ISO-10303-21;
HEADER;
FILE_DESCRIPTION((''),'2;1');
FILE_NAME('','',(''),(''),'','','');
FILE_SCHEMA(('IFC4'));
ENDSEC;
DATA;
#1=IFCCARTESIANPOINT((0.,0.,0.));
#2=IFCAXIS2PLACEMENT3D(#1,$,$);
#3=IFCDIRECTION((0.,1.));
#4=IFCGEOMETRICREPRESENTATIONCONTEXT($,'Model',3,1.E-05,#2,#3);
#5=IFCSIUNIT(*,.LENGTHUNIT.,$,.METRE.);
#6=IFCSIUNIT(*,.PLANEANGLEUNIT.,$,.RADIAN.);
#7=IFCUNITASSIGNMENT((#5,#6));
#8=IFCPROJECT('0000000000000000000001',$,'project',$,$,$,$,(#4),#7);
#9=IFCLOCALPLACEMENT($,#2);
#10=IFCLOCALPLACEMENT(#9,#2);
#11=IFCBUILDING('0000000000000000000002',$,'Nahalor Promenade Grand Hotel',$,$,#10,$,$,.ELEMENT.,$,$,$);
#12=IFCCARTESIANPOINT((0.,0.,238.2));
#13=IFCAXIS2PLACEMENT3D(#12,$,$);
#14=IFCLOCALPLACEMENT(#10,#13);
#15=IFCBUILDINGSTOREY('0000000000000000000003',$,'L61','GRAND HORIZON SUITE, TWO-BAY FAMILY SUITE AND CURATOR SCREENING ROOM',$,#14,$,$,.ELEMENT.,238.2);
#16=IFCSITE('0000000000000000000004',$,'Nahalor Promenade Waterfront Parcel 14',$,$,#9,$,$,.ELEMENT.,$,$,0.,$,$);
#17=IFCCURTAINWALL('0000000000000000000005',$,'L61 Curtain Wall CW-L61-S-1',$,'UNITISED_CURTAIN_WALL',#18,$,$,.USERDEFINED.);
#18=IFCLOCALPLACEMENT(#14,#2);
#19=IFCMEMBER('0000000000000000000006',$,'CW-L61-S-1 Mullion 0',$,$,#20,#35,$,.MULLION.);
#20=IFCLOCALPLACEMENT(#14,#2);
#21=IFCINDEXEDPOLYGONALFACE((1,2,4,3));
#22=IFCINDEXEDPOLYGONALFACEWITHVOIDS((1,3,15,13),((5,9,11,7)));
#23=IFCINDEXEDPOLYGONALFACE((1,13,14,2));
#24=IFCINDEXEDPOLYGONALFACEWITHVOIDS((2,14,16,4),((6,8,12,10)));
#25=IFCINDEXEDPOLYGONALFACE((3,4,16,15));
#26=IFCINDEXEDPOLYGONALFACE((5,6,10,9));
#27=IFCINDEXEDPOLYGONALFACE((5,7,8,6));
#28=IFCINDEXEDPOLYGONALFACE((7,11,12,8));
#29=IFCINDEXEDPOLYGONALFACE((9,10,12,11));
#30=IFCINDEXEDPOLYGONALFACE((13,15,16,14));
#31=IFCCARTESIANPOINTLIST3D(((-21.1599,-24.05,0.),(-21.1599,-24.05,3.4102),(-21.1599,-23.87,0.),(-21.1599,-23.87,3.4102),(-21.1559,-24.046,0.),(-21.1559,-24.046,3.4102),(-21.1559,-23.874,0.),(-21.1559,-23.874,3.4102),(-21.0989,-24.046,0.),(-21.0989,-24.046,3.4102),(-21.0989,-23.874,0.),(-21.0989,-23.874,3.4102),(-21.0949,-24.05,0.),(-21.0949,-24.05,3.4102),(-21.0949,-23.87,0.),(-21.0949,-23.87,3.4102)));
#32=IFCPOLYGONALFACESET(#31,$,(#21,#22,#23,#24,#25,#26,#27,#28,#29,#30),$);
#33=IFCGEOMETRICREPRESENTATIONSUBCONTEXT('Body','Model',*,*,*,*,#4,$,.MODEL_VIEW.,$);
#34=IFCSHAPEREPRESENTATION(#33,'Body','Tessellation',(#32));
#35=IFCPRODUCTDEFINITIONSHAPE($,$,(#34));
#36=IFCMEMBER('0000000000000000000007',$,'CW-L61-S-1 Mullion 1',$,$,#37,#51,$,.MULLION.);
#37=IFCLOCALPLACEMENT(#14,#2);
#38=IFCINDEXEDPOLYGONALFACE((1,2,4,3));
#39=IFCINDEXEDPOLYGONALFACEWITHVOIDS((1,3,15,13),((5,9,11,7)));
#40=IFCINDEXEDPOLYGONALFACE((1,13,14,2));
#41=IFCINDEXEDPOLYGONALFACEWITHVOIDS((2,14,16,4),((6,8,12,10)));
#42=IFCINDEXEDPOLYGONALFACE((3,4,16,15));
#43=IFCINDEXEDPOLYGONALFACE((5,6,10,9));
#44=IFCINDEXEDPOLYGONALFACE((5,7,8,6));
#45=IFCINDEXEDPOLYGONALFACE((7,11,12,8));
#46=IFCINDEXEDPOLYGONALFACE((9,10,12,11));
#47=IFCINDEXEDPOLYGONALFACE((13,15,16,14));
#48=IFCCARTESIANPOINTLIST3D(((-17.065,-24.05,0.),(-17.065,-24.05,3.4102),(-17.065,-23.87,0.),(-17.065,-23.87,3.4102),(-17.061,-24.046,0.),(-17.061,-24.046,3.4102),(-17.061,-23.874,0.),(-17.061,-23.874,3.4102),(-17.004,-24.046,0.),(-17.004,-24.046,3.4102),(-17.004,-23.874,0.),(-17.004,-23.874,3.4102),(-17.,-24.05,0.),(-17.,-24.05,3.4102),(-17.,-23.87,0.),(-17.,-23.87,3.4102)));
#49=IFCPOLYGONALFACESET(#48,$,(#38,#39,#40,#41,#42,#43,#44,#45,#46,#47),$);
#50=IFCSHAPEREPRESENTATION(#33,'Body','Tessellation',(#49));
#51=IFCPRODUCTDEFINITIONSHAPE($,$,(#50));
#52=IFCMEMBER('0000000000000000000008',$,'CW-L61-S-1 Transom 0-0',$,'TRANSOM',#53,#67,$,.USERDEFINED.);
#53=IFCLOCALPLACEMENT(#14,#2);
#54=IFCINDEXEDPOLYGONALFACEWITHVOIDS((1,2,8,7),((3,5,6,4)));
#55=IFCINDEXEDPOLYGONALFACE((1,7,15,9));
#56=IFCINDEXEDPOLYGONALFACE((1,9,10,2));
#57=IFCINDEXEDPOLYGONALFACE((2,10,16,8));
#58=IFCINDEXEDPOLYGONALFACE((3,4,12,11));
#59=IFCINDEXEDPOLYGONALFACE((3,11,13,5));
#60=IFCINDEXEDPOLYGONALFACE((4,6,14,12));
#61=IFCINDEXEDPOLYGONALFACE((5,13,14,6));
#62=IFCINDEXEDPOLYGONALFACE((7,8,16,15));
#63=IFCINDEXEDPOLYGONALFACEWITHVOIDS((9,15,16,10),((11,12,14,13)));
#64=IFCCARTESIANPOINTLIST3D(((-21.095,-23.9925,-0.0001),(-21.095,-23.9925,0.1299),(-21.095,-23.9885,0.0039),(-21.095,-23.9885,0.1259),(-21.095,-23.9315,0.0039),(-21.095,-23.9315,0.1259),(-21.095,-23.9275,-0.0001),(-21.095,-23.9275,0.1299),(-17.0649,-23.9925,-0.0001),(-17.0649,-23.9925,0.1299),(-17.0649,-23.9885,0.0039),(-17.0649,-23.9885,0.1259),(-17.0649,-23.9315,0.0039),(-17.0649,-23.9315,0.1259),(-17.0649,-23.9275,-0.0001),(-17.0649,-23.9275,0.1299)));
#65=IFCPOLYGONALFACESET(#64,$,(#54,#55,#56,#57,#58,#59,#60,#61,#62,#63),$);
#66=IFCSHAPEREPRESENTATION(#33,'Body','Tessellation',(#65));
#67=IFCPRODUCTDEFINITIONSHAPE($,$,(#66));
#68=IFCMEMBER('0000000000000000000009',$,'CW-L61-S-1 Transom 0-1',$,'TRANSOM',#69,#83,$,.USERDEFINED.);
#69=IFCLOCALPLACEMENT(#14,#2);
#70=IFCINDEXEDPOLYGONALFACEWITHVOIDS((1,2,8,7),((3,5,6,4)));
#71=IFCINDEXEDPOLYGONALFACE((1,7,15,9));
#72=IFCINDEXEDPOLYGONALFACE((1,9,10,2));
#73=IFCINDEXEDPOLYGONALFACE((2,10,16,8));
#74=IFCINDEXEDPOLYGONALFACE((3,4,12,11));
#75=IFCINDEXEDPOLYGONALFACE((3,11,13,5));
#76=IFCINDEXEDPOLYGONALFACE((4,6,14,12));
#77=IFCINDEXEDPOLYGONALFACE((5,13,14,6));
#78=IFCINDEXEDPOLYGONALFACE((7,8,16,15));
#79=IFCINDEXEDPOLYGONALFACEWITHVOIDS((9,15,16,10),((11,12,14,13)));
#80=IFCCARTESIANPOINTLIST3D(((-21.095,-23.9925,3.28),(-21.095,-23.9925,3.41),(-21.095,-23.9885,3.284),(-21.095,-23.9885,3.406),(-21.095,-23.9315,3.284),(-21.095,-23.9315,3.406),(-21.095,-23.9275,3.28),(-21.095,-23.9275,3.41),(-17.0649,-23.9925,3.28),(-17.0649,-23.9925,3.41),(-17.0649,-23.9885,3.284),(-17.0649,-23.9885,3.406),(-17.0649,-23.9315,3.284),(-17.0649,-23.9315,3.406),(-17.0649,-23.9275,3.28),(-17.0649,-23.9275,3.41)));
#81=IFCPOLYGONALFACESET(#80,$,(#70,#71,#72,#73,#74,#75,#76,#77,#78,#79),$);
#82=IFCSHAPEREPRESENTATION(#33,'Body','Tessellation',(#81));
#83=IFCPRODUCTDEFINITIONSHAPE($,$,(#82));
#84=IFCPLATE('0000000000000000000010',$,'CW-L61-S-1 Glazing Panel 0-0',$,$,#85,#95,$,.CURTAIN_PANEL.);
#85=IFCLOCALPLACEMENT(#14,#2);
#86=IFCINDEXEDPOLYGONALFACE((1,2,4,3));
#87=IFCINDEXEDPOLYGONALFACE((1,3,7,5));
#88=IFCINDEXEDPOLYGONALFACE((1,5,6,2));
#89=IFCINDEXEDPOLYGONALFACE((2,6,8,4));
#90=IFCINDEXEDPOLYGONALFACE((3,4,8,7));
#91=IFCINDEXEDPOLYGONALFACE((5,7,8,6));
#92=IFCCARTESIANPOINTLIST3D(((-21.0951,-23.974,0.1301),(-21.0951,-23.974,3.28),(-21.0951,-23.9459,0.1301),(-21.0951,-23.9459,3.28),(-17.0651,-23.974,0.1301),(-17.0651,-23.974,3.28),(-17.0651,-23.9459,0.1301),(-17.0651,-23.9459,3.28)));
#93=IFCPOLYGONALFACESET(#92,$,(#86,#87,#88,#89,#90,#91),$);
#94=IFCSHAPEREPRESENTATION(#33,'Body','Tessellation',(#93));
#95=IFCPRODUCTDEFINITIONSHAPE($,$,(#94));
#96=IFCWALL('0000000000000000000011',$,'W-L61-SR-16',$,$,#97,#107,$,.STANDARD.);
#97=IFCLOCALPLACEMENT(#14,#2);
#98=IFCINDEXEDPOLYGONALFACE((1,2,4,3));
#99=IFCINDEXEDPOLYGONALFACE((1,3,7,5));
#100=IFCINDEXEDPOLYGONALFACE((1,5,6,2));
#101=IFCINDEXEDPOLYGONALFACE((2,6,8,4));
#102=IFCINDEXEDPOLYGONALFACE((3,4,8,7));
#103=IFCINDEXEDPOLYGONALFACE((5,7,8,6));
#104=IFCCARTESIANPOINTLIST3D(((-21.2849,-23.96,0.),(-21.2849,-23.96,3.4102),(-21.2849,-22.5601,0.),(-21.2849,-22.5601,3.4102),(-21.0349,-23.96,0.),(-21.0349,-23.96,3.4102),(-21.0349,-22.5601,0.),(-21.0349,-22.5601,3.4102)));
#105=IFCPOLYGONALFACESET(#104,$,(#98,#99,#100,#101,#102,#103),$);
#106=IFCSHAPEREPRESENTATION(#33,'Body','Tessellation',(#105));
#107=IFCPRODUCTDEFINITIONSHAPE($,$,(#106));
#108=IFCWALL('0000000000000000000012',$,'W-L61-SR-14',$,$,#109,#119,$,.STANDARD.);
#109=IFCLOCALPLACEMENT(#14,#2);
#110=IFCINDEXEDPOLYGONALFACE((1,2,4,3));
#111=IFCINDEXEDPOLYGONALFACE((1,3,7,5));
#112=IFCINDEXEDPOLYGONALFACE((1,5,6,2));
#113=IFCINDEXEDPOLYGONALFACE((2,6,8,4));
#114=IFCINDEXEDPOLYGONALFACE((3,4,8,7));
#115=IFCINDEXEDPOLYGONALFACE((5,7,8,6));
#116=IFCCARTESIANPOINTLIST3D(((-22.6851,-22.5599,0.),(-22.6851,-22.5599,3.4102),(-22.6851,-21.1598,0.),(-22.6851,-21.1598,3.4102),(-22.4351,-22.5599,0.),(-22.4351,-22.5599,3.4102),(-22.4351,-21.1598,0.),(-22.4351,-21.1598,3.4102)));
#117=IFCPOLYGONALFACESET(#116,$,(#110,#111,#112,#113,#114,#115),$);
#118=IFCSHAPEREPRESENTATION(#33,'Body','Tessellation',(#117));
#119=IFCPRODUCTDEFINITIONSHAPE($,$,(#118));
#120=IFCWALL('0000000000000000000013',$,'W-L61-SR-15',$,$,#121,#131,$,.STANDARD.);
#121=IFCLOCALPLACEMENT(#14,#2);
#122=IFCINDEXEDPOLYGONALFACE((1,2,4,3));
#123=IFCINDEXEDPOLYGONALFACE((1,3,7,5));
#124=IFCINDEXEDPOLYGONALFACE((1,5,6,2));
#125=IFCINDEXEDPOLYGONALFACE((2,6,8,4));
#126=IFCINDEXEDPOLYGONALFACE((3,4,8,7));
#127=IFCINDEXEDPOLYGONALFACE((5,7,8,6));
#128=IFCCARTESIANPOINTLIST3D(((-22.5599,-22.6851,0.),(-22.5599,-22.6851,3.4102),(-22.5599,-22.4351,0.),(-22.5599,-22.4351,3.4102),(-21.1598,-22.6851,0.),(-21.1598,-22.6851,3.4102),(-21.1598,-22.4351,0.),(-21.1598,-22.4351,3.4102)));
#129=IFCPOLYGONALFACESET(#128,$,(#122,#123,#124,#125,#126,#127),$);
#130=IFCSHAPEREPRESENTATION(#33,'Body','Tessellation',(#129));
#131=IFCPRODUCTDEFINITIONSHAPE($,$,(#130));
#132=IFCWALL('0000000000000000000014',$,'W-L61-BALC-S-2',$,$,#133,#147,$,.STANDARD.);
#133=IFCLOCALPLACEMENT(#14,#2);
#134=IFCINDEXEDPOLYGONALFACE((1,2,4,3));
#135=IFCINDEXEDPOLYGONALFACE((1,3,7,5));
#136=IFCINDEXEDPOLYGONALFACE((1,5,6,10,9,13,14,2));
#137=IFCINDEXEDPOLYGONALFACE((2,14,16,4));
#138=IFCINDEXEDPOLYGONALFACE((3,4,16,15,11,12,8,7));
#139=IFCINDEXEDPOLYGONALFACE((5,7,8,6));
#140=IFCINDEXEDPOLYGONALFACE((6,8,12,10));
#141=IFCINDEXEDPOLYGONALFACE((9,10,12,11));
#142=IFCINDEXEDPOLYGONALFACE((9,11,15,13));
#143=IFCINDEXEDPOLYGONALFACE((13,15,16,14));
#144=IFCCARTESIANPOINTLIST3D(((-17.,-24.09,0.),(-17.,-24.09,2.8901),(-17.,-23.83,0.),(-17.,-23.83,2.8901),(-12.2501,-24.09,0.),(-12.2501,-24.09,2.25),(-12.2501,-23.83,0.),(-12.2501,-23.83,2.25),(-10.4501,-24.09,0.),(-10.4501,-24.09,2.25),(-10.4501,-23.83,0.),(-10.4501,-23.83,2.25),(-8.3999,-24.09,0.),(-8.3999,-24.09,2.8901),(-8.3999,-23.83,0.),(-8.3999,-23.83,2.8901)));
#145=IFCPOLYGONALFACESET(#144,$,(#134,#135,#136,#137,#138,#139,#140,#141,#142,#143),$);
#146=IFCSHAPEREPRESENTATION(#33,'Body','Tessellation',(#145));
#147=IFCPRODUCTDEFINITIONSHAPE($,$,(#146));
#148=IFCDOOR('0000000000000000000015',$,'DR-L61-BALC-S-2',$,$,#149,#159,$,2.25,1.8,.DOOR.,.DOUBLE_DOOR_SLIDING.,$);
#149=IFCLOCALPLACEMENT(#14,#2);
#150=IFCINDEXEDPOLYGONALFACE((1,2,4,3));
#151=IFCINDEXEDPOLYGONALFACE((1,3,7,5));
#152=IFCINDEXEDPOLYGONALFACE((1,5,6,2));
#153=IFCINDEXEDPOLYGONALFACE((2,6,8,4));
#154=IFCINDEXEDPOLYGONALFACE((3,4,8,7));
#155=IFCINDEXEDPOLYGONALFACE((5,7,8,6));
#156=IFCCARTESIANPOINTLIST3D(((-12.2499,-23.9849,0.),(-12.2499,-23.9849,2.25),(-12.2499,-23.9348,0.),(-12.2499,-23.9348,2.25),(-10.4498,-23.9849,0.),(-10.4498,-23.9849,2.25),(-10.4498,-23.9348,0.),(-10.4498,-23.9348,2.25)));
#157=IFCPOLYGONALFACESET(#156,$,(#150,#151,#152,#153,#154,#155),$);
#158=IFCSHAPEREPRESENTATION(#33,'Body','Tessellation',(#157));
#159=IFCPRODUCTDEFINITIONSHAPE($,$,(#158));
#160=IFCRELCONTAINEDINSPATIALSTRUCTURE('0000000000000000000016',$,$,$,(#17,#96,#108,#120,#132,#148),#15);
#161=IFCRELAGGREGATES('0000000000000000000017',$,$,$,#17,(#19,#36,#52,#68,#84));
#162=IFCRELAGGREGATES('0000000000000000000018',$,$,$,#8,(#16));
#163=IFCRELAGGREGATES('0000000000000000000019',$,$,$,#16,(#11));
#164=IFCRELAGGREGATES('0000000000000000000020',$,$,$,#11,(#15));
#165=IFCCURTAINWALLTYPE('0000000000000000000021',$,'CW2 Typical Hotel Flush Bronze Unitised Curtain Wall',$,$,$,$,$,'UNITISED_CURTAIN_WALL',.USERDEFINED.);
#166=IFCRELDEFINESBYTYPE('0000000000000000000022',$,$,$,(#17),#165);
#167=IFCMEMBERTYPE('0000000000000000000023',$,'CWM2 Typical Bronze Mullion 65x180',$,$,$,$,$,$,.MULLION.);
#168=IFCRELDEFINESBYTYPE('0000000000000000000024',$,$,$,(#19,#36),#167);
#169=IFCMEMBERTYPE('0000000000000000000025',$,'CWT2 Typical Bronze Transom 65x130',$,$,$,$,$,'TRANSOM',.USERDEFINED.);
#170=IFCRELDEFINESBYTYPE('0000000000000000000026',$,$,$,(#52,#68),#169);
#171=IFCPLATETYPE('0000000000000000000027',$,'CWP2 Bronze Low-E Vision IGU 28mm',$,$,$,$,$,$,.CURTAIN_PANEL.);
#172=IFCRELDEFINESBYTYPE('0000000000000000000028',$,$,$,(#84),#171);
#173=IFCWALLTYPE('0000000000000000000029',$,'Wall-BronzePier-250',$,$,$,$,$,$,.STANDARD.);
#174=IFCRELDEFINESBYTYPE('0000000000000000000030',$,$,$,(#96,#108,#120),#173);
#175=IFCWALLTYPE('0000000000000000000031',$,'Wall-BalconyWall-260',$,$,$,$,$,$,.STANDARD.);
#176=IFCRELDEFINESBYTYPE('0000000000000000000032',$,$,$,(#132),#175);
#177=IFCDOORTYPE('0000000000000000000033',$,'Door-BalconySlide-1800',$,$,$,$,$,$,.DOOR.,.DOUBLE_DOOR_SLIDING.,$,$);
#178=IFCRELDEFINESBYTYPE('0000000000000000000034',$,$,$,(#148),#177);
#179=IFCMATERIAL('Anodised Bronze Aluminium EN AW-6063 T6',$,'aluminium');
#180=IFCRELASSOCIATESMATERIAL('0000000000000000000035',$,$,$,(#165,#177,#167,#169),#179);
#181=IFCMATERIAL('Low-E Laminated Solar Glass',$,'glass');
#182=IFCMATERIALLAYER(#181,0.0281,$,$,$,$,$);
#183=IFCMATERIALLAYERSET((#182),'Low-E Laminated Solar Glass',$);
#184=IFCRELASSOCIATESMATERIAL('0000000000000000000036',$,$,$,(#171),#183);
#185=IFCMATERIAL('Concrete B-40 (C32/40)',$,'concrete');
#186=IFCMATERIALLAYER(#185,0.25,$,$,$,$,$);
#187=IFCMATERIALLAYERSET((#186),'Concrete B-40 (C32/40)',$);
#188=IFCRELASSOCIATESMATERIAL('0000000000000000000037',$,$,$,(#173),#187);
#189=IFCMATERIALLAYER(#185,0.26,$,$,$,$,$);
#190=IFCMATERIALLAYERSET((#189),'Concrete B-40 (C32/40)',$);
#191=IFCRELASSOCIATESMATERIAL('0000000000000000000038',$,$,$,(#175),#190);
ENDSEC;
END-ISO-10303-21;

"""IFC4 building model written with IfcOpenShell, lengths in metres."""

from ifc_helpers import new_model, si_unit, direction, frame, frame_2d, origin, origin_2d, place, context, subcontext, project, spatial, rectangle, hollow_rectangle, extrude, source, transform, mapped, material, layer, layer_set, material_profile, profile_set, type_object, element, fill, aggregate, save


model = new_model("IFC4")

# Units and contexts
model_context = context("Model", 3, precision=1e-05, world=origin(), true_north=direction((0.0, 1.0)))
body_context = subcontext(model_context, "Body", "Model", "MODEL_VIEW")
ifc_project = project(units=[si_unit("LENGTHUNIT", "METRE"), si_unit("PLANEANGLEUNIT", "RADIAN")], contexts=[model_context])

# Site, building, storey
site_placement = place(None, origin())
site = spatial("IfcSite", under=ifc_project, at=site_placement, Name="Nahalor Promenade Waterfront Parcel 14", CompositionType="ELEMENT", RefElevation=0.0)
building_placement = place(site_placement, origin())
building = spatial("IfcBuilding", under=site, at=building_placement, Name="Nahalor Promenade Grand Hotel", CompositionType="ELEMENT")
storey_placement = place(building_placement, frame((0.0, 0.0, 238.2)))
storey = spatial("IfcBuildingStorey", under=building, at=storey_placement, Name="L61", Description="GRAND HORIZON SUITE, TWO-BAY FAMILY SUITE AND CURATOR SCREENING ROOM", CompositionType="ELEMENT", Elevation=238.2)

# Curtain wall, members, plate
ifc_material_1 = material(Name="Anodised Bronze Aluminium EN AW-6063 T6", Category="aluminium")
curtain_wall_type = type_object("IfcCurtainWallType", Name="CW2 Typical Hotel Flush Bronze Unitised Curtain Wall", ElementType="UNITISED_CURTAIN_WALL", PredefinedType="USERDEFINED", material=ifc_material_1)
curtain_wall_placement = place(storey_placement, origin())
curtain_wall = element("IfcCurtainWall", 1, at=curtain_wall_placement, inside=storey, type_object=curtain_wall_type, Name="L61 Curtain Wall CW-L61-S-1", ObjectType="UNITISED_CURTAIN_WALL", PredefinedType="USERDEFINED")
ifc_material_profile_1 = material_profile(ifc_material_1, hollow_rectangle(XDim=0.065, YDim=0.18, WallThickness=0.004, at=origin_2d()), Name="CWM 65x180x4")
ifc_profile_set_1 = profile_set([ifc_material_profile_1], Name="Anodised Bronze Aluminium EN AW-6063 T6")
member_type_1 = type_object("IfcMemberType", Name="CWM2 Typical Bronze Mullion 65x180", PredefinedType="MULLION", material=ifc_profile_set_1)
shared_shape_1 = source(origin(), body_context, "Body", "SweptSolid", [
    extrude(hollow_rectangle(XDim=0.065, YDim=0.18, WallThickness=0.004, at=origin_2d()), origin(), (0.0, 0.0, 1.0), 3.4102),
])
member_1_placement = place(storey_placement, frame((-21.1274, -23.96, 0.0), z_axis=(0.0, 0.0, 1.0), x_axis=(1.0, 0.0, 0.0)))
member_1 = element("IfcMember", 2, at=member_1_placement, type_object=member_type_1, Name="CW-L61-S-1 Mullion 0", PredefinedType="MULLION", context=body_context, shape_type="MappedRepresentation", body=[
    mapped(shared_shape_1, transform((0.0, 0.0, 0.0), scale=1.0)),
])
member_2_placement = place(storey_placement, frame((-17.0325, -23.96, 0.0), z_axis=(0.0, 0.0, 1.0), x_axis=(1.0, 0.0, 0.0)))
member_2 = element("IfcMember", 3, at=member_2_placement, type_object=member_type_1, Name="CW-L61-S-1 Mullion 1", PredefinedType="MULLION", context=body_context, shape_type="MappedRepresentation", body=[
    mapped(shared_shape_1, transform((0.0, 0.0, 0.0), scale=1.0)),
])
ifc_material_profile_2 = material_profile(ifc_material_1, hollow_rectangle(XDim=0.065, YDim=0.13, WallThickness=0.004, at=origin_2d()), Name="CWT 65x130x4")
ifc_profile_set_2 = profile_set([ifc_material_profile_2], Name="Anodised Bronze Aluminium EN AW-6063 T6")
member_type_2 = type_object("IfcMemberType", Name="CWT2 Typical Bronze Transom 65x130", ElementType="TRANSOM", PredefinedType="USERDEFINED", material=ifc_profile_set_2)
shared_shape_2 = source(origin(), body_context, "Body", "SweptSolid", [
    extrude(hollow_rectangle(XDim=0.065, YDim=0.13, WallThickness=0.004, at=origin_2d()), origin(), (0.0, 0.0, 1.0), 4.03),
])
member_3_placement = place(storey_placement, frame((-21.095, -23.96, 0.0649), z_axis=(1.0, 0.0, 0.0), x_axis=(0.0, 1.0, 0.0)))
member_3 = element("IfcMember", 4, at=member_3_placement, type_object=member_type_2, Name="CW-L61-S-1 Transom 0-0", ObjectType="TRANSOM", PredefinedType="USERDEFINED", context=body_context, shape_type="MappedRepresentation", body=[
    mapped(shared_shape_2, transform((0.0, 0.0, 0.0), scale=1.0)),
])
member_4_placement = place(storey_placement, frame((-21.095, -23.96, 3.345), z_axis=(1.0, 0.0, 0.0), x_axis=(0.0, 1.0, 0.0)))
member_4 = element("IfcMember", 5, at=member_4_placement, type_object=member_type_2, Name="CW-L61-S-1 Transom 0-1", ObjectType="TRANSOM", PredefinedType="USERDEFINED", context=body_context, shape_type="MappedRepresentation", body=[
    mapped(shared_shape_2, transform((0.0, 0.0, 0.0), scale=1.0)),
])
ifc_material_2 = material(Name="Low-E Laminated Solar Glass", Category="glass")
ifc_layer_1 = layer(ifc_material_2, 0.0281)
ifc_layer_set_1 = layer_set([ifc_layer_1], Name="Low-E Laminated Solar Glass")
plate_type = type_object("IfcPlateType", Name="CWP2 Bronze Low-E Vision IGU 28mm", PredefinedType="CURTAIN_PANEL", material=ifc_layer_set_1)
shared_shape_3 = source(origin(), body_context, "Body", "SweptSolid", [
    extrude(rectangle(XDim=4.03, YDim=0.0281, at=origin_2d()), origin(), (0.0, 0.0, 1.0), 3.1499),
])
plate_placement = place(storey_placement, frame((-19.0801, -23.96, 0.1301), z_axis=(0.0, 0.0, 1.0), x_axis=(1.0, 0.0, 0.0)))
plate = element("IfcPlate", 6, at=plate_placement, type_object=plate_type, Name="CW-L61-S-1 Glazing Panel 0-0", PredefinedType="CURTAIN_PANEL", context=body_context, shape_type="MappedRepresentation", body=[
    mapped(shared_shape_3, transform((0.0, 0.0, 0.0), scale=1.0)),
])
aggregate(curtain_wall, [member_1, member_2, member_3, member_4, plate])

# Walls
ifc_material_3 = material(Name="Concrete B-40 (C32/40)", Category="concrete")
ifc_layer_2 = layer(ifc_material_3, 0.25)
ifc_layer_set_2 = layer_set([ifc_layer_2], Name="Concrete B-40 (C32/40)")
wall_type_1 = type_object("IfcWallType", Name="Wall-BronzePier-250", PredefinedType="STANDARD", material=ifc_layer_set_2)
shared_shape_4 = source(origin(), body_context, "Body", "SweptSolid", [
    extrude(rectangle(XDim=1.3999, YDim=0.25, at=frame_2d((0.7, 0.0))), origin(), (0.0, 0.0, 1.0), 3.4102),
])
wall_1_placement = place(storey_placement, frame((-21.1599, -23.96, 0.0), z_axis=(0.0, 0.0, 1.0), x_axis=(0.0, 1.0, 0.0)))
element("IfcWall", 7, at=wall_1_placement, inside=storey, type_object=wall_type_1, Name="W-L61-SR-16", PredefinedType="STANDARD", context=body_context, shape_type="MappedRepresentation", body=[
    mapped(shared_shape_4, transform((0.0, 0.0, 0.0), scale=1.0)),
])
shared_shape_5 = source(origin(), body_context, "Body", "SweptSolid", [
    extrude(rectangle(XDim=1.4001, YDim=0.25, at=frame_2d((0.7002, 0.0))), origin(), (0.0, 0.0, 1.0), 3.4102),
])
for number, where, z_axis, x_axis, name in (
    (8, (-22.5601, -22.5601, 0.0), (0.0, 0.0, 1.0), (0.0, 1.0, 0.0), "W-L61-SR-14"),
    (9, (-22.5601, -22.5601, 0.0), (0.0, 0.0, 1.0), (1.0, 0.0, 0.0), "W-L61-SR-15"),
):
    element("IfcWall", number, at=place(storey_placement, frame(where, z_axis=z_axis, x_axis=x_axis)), inside=storey, type_object=wall_type_1, Name=name, PredefinedType="STANDARD", context=body_context, shape_type="MappedRepresentation", body=[
        mapped(shared_shape_5, transform((0.0, 0.0, 0.0), scale=1.0)),
    ])

# Wall, opening, door
ifc_layer_3 = layer(ifc_material_3, 0.26)
ifc_layer_set_3 = layer_set([ifc_layer_3], Name="Concrete B-40 (C32/40)")
wall_type_2 = type_object("IfcWallType", Name="Wall-BalconyWall-260", PredefinedType="STANDARD", material=ifc_layer_set_3)
shared_shape_6 = source(origin(), body_context, "Body", "SweptSolid", [
    extrude(rectangle(XDim=8.6001, YDim=0.26, at=frame_2d((4.3, 0.0))), origin(), (0.0, 0.0, 1.0), 2.8901),
])
wall_2_placement = place(storey_placement, frame((-17.0, -23.96, 0.0), z_axis=(0.0, 0.0, 1.0), x_axis=(1.0, 0.0, 0.0)))
wall_2 = element("IfcWall", 10, at=wall_2_placement, inside=storey, type_object=wall_type_2, Name="W-L61-BALC-S-2", PredefinedType="STANDARD", context=body_context, shape_type="MappedRepresentation", body=[
    mapped(shared_shape_6, transform((0.0, 0.0, 0.0), scale=1.0)),
])
opening_1_placement = place(wall_2_placement, frame((4.75, 0.0, 0.0)))
opening_1 = element("IfcOpeningElement", 11, at=opening_1_placement, cuts=wall_2, PredefinedType="OPENING", context=body_context, shape_type="SweptSolid", body=[
    extrude(rectangle(XDim=1.8, YDim=2.25, at=frame_2d((0.8999, 1.125))), frame((0.0, 0.1399, 0.0), z_axis=(0.0, -1.0, 0.0), x_axis=(1.0, 0.0, 0.0)), (0.0, 0.0, 1.0), 0.28),
])
door_type_1 = type_object("IfcDoorType", Name="Door-BalconySlide-1800", OperationType="DOUBLE_DOOR_SLIDING", PredefinedType="DOOR", material=ifc_material_1)
shared_shape_7 = source(origin(), body_context, "Body", "SweptSolid", [
    extrude(rectangle(XDim=1.8, YDim=2.25, at=frame_2d((0.8999, 1.125))), frame((0.0, 0.0249, 0.0), z_axis=(0.0, -1.0, 0.0), x_axis=(1.0, 0.0, 0.0)), (0.0, 0.0, 1.0), 0.05),
])
door_1_placement = place(opening_1_placement, frame((1.8, 0.0, 0.0), z_axis=(0.0, 0.0, 1.0), x_axis=(-1.0, 0.0, 0.0)))
door_1 = element("IfcDoor", 12, at=door_1_placement, inside=storey, type_object=door_type_1, Name="DR-L61-BALC-S-2", OperationType="DOUBLE_DOOR_SLIDING", OverallHeight=2.25, OverallWidth=1.8, PredefinedType="DOOR", context=body_context, shape_type="MappedRepresentation", body=[
    mapped(shared_shape_7, transform((0.0, 0.0, 0.0), scale=1.0)),
])
fill(opening_1, door_1)

save(model, "model.ifc")
